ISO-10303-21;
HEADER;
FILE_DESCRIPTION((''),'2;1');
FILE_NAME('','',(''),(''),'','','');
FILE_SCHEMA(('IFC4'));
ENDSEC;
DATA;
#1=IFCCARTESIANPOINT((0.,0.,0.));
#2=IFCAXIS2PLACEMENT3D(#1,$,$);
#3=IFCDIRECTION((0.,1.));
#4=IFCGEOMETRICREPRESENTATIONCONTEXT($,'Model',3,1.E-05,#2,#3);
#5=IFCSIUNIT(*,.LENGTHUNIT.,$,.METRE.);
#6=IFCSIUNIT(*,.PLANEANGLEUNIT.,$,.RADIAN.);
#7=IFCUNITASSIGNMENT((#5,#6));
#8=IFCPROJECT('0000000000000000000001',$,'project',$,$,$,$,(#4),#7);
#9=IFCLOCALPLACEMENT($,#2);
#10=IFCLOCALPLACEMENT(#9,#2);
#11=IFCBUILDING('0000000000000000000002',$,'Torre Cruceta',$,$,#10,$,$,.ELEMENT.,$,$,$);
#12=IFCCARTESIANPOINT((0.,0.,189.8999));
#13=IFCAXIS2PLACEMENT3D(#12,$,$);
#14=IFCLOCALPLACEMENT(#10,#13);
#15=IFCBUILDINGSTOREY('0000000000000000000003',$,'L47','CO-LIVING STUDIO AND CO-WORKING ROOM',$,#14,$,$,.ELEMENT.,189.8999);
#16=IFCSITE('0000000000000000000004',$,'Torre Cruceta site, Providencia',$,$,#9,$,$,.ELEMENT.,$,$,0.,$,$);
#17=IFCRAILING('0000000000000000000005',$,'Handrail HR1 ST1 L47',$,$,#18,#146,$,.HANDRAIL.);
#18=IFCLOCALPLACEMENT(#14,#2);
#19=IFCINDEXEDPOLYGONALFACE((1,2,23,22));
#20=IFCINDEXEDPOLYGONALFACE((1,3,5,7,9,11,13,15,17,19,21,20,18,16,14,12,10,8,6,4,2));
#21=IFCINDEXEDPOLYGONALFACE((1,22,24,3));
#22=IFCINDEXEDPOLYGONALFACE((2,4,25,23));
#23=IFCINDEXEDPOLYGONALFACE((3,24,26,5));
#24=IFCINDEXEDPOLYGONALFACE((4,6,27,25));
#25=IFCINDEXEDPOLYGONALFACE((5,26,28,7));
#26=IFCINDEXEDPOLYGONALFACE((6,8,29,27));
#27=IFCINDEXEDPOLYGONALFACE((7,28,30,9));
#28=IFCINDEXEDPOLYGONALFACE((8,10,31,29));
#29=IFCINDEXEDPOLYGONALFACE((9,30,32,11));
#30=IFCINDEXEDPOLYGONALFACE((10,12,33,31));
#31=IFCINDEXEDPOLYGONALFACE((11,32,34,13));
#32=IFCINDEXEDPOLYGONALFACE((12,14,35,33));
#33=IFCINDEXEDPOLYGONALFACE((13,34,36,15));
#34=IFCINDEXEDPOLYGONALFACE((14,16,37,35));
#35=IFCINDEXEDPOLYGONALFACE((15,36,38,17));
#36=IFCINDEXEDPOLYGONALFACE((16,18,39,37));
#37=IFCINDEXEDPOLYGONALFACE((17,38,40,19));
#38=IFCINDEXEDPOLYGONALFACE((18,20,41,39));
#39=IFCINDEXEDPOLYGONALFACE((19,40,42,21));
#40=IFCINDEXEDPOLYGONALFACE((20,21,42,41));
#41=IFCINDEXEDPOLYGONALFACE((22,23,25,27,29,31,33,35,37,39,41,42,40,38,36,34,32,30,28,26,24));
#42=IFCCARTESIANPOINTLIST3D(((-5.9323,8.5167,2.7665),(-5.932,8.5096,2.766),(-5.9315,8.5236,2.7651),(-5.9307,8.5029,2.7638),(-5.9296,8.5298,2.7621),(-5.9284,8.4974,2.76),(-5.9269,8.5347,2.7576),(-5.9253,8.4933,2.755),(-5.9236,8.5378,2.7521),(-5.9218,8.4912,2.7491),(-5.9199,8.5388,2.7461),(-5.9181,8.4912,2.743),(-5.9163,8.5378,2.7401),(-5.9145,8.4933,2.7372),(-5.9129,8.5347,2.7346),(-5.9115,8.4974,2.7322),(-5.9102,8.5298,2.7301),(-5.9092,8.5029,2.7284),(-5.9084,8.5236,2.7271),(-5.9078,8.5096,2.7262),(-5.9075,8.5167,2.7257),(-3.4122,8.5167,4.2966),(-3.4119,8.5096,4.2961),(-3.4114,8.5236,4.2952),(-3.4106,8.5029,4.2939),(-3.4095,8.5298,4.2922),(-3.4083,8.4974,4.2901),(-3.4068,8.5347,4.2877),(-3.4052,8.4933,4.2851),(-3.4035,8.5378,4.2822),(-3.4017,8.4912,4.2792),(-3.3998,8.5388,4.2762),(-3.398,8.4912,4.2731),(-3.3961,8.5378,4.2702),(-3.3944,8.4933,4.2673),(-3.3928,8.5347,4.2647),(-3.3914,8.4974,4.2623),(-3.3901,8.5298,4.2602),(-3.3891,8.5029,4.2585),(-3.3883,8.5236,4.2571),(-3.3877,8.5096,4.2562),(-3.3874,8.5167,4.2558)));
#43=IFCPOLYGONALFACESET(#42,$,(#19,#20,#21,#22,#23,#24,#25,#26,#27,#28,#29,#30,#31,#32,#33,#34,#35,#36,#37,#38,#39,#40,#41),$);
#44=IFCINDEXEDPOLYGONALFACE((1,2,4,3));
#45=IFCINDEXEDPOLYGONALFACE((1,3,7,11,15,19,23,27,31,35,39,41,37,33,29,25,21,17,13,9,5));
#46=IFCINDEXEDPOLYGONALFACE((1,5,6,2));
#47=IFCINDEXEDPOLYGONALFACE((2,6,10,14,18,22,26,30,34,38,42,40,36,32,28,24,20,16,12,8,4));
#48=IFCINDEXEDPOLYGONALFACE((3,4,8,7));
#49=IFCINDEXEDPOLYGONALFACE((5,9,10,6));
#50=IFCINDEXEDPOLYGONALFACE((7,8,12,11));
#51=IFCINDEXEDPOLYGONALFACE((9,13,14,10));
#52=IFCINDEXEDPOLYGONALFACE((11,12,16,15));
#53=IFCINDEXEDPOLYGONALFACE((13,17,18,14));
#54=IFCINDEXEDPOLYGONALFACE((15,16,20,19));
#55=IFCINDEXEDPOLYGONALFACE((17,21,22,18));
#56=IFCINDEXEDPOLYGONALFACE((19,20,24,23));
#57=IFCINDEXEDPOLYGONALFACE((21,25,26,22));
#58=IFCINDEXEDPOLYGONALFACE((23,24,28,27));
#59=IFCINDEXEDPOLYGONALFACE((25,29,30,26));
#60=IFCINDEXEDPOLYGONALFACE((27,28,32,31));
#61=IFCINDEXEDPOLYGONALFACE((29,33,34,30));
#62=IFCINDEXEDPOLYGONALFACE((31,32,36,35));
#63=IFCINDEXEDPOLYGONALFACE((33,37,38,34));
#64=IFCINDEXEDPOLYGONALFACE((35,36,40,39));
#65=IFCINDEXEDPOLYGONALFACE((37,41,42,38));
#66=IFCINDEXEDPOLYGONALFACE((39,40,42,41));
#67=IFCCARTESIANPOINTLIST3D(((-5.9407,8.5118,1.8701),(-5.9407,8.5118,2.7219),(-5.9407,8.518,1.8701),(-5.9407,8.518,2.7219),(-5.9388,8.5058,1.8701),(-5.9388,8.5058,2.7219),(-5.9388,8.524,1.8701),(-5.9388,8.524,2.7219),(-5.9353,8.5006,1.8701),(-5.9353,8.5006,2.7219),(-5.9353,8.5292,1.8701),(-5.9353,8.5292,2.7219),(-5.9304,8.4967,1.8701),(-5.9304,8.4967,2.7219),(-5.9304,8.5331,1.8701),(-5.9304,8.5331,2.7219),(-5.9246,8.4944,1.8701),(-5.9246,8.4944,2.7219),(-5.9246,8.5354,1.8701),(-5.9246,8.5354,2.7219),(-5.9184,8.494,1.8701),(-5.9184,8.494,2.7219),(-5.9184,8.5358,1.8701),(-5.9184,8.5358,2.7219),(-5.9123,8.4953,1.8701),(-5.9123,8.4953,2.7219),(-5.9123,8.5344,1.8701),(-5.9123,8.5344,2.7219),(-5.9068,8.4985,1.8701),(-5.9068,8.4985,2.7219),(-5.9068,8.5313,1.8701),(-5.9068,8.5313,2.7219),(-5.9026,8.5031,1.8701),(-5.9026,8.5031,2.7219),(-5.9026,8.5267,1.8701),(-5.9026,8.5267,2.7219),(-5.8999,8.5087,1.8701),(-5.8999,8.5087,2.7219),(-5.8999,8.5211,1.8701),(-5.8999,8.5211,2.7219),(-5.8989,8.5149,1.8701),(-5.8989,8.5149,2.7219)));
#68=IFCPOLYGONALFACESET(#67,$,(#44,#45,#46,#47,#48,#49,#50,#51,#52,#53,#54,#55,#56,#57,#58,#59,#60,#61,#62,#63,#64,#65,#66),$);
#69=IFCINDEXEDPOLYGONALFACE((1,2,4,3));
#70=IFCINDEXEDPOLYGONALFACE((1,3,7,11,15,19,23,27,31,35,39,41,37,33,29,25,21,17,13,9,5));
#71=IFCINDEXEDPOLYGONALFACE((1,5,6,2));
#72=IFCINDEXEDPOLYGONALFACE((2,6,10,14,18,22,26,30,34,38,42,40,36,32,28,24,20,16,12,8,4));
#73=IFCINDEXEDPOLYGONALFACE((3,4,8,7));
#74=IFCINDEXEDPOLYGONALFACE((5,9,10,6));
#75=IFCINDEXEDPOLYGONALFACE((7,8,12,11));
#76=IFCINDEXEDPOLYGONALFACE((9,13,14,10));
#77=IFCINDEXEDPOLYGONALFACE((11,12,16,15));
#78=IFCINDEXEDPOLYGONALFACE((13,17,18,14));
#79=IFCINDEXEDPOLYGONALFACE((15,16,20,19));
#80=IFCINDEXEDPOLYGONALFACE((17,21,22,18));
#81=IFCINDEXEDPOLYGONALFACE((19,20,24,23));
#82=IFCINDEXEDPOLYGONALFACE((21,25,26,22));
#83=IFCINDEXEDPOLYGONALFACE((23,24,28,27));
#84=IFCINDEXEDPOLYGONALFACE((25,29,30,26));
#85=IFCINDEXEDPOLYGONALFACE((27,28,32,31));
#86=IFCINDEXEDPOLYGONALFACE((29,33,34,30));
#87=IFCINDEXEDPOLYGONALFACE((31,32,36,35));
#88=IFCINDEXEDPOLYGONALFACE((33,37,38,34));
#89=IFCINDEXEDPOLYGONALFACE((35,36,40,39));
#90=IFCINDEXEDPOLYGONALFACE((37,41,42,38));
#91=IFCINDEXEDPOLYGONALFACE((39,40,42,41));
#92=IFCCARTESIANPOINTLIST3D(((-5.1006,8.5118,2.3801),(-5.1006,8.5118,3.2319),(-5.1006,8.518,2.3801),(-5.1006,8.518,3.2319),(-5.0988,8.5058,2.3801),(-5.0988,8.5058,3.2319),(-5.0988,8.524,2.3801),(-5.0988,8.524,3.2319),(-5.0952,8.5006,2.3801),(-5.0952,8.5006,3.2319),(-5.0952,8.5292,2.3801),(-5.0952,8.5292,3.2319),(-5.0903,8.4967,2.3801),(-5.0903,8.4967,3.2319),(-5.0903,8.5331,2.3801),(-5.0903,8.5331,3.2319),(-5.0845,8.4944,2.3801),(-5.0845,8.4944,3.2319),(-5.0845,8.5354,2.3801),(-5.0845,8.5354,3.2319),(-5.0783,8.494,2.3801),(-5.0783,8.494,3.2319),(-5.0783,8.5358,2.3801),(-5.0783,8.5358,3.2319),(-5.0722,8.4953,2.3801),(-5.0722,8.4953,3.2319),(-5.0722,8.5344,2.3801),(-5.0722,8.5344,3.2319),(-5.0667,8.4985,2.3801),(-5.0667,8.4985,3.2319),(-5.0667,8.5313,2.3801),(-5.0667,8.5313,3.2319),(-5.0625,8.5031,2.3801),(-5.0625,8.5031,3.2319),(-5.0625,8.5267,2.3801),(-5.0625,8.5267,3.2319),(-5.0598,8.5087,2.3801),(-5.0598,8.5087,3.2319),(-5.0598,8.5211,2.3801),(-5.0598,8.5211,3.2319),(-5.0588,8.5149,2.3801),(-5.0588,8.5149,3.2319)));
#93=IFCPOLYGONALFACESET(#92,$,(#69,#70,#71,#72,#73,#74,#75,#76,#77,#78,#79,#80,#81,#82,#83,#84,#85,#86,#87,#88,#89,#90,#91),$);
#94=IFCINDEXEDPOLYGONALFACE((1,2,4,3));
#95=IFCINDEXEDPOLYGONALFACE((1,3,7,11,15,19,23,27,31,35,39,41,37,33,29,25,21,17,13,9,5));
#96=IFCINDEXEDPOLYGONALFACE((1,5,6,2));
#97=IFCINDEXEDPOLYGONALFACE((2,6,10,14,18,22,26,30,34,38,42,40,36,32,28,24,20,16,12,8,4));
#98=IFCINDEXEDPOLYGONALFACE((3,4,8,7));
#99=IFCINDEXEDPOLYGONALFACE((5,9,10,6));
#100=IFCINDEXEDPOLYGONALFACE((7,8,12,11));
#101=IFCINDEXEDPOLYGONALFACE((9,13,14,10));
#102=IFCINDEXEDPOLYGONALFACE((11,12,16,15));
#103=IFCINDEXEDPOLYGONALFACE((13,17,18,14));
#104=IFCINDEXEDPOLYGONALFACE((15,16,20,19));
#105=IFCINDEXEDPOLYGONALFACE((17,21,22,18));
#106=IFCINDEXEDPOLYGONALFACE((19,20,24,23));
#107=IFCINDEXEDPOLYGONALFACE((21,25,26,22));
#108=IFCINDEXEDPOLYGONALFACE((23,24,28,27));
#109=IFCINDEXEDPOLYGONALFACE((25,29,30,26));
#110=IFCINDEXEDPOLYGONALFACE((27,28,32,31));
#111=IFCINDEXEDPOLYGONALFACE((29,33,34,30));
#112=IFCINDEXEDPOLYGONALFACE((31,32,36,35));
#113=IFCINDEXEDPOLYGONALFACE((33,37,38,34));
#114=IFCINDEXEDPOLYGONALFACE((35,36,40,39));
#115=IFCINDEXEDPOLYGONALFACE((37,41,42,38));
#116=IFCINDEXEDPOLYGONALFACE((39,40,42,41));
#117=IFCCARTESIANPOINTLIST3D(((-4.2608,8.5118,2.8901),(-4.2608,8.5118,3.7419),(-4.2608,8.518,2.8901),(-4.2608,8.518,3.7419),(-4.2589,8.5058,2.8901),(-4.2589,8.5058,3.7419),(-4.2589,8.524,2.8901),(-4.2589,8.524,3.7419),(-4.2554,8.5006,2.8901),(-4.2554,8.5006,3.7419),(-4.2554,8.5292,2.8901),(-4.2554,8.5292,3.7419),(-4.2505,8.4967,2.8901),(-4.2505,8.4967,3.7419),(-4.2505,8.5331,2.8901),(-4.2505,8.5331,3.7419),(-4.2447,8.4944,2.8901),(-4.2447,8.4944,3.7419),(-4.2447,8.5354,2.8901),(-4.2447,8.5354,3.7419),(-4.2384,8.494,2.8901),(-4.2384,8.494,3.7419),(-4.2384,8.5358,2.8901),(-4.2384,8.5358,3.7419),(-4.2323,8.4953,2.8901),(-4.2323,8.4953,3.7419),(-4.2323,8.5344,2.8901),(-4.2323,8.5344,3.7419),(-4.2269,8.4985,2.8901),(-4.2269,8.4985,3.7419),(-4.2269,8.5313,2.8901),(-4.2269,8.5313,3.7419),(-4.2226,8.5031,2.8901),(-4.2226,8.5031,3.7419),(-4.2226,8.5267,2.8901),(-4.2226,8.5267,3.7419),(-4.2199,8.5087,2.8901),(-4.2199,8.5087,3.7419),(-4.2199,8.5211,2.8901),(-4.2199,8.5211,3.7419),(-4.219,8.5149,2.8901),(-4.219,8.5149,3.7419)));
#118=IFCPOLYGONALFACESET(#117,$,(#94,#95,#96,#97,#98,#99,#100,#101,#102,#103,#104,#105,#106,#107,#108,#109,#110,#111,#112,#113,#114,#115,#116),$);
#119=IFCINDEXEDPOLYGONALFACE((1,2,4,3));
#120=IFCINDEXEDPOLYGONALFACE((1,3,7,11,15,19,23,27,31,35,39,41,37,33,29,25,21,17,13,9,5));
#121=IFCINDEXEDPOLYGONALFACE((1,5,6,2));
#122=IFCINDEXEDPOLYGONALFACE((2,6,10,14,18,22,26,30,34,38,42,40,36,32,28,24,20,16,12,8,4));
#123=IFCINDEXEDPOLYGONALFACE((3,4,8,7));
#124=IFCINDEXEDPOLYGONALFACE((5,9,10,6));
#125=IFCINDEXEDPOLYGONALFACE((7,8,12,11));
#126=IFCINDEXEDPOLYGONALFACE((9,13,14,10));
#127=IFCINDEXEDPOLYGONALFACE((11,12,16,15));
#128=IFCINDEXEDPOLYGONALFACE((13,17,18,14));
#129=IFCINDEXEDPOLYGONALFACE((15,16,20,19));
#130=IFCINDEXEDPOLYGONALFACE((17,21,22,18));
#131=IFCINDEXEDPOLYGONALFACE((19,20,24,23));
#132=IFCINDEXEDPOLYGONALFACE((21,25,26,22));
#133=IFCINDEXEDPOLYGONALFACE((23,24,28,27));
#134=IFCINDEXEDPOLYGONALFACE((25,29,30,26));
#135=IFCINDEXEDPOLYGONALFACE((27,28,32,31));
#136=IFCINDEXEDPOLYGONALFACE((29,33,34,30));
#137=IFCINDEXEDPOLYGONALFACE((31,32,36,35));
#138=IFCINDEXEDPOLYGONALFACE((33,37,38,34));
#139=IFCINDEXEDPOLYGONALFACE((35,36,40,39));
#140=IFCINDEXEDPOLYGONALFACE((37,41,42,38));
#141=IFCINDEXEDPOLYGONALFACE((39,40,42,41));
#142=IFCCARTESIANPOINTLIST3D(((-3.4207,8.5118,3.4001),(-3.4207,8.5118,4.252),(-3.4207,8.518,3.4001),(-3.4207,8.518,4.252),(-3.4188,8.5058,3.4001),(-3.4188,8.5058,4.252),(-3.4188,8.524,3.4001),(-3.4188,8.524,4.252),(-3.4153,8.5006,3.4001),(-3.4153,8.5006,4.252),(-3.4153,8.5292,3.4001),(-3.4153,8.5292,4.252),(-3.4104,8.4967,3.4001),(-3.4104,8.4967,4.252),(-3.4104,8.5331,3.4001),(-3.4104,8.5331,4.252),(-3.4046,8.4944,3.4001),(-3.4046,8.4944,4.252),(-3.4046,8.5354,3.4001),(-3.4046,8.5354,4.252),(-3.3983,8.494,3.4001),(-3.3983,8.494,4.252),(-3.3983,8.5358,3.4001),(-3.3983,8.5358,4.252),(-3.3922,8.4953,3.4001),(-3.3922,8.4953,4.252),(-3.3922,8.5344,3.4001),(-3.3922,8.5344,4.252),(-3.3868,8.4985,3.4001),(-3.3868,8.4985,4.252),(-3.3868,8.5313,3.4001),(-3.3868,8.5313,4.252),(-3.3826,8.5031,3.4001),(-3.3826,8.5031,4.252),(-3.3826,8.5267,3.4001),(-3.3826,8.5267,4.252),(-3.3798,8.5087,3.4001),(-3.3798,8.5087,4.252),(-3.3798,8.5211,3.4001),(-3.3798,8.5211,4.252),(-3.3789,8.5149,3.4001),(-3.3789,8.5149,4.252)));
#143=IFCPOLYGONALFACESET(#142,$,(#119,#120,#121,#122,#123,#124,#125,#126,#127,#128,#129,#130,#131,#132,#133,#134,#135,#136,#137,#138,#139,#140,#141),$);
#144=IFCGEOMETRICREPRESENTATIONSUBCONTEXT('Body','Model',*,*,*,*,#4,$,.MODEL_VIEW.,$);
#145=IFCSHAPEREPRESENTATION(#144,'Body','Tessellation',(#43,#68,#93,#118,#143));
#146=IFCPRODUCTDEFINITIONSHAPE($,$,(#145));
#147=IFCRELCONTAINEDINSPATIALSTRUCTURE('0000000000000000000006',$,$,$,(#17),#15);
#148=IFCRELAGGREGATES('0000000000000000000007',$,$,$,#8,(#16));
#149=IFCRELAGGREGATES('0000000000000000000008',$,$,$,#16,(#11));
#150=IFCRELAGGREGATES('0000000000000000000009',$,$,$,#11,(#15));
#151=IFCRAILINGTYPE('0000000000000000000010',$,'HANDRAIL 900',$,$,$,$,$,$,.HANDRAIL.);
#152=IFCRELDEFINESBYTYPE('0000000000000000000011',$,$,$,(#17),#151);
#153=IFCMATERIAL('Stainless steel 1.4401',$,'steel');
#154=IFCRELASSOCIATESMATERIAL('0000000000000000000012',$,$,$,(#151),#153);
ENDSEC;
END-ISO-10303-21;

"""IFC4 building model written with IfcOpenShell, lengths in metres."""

from ifc_helpers import new_model, si_unit, direction, frame, origin, origin_2d, place, context, subcontext, project, spatial, circle, extrude, material, type_object, element, save


model = new_model("IFC4")

# Units and contexts
model_context = context("Model", 3, precision=1e-05, world=origin(), true_north=direction((0.0, 1.0)))
body_context = subcontext(model_context, "Body", "Model", "MODEL_VIEW")
ifc_project = project(units=[si_unit("LENGTHUNIT", "METRE"), si_unit("PLANEANGLEUNIT", "RADIAN")], contexts=[model_context])

# Site, building, storey
site_placement = place(None, origin())
site = spatial("IfcSite", under=ifc_project, at=site_placement, Name="Torre Cruceta site, Providencia", CompositionType="ELEMENT", RefElevation=0.0)
building_placement = place(site_placement, origin())
building = spatial("IfcBuilding", under=site, at=building_placement, Name="Torre Cruceta", CompositionType="ELEMENT")
storey_placement = place(building_placement, frame((0.0, 0.0, 189.8999)))
storey = spatial("IfcBuildingStorey", under=building, at=storey_placement, Name="L47", Description="CO-LIVING STUDIO AND CO-WORKING ROOM", CompositionType="ELEMENT", Elevation=189.8999)

# Railing
ifc_material_1 = material(Name="Stainless steel 1.4401", Category="steel")
railing_type = type_object("IfcRailingType", Name="HANDRAIL 900", PredefinedType="HANDRAIL", material=ifc_material_1)
railing_1_placement = place(storey_placement, frame((-5.9199, 8.5149, 1.8701)))
element("IfcRailing", 1, at=railing_1_placement, inside=storey, type_object=railing_type, Name="Handrail HR1 ST1 L47", PredefinedType="HANDRAIL", context=body_context, shape_type="SweptSolid", body=[
    extrude(circle(Radius=0.0239, at=origin_2d()), frame((0.0, 0.0, 0.876), z_axis=(0.854785, 0.0, 0.518982), x_axis=(0.0, 1.0, 0.0)), (0.0, 0.0, 1.0), 2.9482),
    extrude(circle(Radius=0.021, at=origin_2d()), origin(), (0.0, 0.0, 1.0), 0.8518),
    extrude(circle(Radius=0.021, at=origin_2d()), frame((0.8401, 0.0, 0.51)), (0.0, 0.0, 1.0), 0.8518),
    extrude(circle(Radius=0.021, at=origin_2d()), frame((1.6799, 0.0, 1.02)), (0.0, 0.0, 1.0), 0.8518),
    extrude(circle(Radius=0.021, at=origin_2d()), frame((2.52, 0.0, 1.53)), (0.0, 0.0, 1.0), 0.8518),
])

save(model, "model.ifc")
